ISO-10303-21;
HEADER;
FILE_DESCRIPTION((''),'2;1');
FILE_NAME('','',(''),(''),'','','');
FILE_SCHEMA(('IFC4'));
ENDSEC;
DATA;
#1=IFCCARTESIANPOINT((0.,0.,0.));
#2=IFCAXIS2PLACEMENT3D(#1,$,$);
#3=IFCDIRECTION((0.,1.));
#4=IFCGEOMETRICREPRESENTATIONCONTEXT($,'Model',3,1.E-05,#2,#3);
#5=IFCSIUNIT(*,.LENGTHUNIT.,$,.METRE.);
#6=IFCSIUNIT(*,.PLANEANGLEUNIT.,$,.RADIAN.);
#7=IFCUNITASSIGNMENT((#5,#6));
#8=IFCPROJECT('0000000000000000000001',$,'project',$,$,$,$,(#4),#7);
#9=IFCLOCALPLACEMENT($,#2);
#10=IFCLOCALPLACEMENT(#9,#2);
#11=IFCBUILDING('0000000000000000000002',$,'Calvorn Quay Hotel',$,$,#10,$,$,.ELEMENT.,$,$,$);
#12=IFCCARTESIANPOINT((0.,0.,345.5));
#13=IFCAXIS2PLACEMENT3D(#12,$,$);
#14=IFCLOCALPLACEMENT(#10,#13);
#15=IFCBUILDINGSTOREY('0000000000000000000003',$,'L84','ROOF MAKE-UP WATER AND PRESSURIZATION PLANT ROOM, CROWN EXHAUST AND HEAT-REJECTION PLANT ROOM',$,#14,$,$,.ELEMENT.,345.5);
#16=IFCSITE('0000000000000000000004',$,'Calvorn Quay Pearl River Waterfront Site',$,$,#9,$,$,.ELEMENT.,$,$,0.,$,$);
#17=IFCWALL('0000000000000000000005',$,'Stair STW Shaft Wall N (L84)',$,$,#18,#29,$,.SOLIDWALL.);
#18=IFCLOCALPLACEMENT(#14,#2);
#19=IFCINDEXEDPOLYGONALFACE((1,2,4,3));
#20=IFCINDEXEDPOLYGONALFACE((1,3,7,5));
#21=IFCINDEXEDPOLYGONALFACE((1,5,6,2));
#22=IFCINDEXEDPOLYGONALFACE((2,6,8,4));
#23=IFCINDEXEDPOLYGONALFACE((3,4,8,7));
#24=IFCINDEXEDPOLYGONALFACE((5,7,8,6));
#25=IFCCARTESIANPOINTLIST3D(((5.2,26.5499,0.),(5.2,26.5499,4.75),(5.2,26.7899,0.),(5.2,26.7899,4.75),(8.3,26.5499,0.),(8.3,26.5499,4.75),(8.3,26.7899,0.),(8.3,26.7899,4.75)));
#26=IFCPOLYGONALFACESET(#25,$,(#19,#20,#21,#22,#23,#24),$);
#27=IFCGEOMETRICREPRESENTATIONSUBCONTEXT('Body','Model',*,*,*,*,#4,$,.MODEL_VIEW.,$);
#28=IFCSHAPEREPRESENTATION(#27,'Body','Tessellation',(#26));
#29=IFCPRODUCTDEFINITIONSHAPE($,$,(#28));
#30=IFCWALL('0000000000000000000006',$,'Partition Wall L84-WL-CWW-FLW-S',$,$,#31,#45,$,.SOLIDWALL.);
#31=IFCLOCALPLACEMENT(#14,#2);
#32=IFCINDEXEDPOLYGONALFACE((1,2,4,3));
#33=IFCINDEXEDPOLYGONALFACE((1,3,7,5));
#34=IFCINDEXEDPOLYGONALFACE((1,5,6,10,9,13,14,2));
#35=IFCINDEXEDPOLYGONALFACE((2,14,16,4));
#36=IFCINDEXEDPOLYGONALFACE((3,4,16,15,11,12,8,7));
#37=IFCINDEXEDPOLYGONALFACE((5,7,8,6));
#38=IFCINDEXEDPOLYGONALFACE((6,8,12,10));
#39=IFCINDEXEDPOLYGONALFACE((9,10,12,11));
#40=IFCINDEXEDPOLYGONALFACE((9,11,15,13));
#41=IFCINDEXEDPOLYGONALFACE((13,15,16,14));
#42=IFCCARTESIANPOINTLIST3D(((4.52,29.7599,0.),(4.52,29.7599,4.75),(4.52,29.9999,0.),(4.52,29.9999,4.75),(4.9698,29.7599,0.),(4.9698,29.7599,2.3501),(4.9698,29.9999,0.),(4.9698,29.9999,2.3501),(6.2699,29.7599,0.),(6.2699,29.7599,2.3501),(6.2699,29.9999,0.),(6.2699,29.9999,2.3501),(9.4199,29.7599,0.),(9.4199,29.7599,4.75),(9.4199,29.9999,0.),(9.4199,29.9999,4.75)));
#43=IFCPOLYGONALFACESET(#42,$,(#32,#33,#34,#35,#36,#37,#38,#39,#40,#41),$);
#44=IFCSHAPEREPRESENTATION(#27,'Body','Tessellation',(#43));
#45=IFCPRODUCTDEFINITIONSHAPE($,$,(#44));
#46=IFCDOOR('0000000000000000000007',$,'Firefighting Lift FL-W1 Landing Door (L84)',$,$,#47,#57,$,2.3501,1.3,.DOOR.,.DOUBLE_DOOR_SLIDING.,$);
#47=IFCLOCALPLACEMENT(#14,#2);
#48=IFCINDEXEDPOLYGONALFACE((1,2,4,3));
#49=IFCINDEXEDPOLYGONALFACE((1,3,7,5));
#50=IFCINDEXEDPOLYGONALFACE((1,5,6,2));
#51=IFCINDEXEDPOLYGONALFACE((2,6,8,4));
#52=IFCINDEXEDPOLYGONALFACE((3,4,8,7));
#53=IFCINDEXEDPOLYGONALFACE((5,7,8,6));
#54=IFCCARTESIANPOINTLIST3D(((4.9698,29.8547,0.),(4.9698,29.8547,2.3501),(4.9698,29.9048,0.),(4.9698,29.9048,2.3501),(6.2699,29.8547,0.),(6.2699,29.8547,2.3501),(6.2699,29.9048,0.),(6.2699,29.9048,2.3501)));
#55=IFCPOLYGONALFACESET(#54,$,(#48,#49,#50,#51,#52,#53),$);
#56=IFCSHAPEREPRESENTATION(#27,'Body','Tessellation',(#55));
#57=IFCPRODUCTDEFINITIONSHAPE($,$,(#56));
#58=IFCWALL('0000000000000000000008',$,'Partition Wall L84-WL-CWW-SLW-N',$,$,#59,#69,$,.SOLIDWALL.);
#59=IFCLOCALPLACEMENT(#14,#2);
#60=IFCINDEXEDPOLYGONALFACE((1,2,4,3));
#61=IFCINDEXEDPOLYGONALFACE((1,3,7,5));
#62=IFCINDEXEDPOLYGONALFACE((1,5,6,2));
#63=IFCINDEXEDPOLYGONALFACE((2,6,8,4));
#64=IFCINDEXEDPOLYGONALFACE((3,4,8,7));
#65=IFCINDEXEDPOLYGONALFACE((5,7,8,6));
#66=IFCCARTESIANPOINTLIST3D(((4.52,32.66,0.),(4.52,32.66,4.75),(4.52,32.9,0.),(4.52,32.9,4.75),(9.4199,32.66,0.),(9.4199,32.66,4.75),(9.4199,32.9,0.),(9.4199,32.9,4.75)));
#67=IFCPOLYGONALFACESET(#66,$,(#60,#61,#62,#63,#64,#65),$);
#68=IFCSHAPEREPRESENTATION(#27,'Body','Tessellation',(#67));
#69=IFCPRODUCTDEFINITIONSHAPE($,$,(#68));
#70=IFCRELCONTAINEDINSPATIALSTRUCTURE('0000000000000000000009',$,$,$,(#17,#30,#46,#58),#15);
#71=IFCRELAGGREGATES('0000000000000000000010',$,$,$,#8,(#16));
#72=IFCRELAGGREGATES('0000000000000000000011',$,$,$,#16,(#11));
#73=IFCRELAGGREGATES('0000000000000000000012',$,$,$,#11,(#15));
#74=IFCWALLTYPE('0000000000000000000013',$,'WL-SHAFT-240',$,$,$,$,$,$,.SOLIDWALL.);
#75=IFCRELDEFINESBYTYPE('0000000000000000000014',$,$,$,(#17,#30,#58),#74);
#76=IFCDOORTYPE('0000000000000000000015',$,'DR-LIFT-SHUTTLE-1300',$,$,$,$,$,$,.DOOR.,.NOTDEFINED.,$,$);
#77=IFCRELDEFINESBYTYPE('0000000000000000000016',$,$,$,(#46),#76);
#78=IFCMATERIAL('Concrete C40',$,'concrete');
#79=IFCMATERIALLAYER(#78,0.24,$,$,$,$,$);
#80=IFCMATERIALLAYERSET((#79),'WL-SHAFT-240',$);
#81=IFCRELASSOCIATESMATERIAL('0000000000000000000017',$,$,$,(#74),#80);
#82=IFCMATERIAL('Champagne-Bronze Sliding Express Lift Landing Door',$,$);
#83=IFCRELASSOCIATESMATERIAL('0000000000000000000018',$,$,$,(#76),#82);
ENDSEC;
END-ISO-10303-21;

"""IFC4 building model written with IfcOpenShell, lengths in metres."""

from ifc_helpers import new_model, si_unit, direction, frame, frame_2d, origin, place, context, subcontext, project, spatial, rectangle, extrude, material, layer, layer_set, type_object, element, fill, save


model = new_model("IFC4")

# Units and contexts
model_context = context("Model", 3, precision=1e-05, world=origin(), true_north=direction((0.0, 1.0)))
body_context = subcontext(model_context, "Body", "Model", "MODEL_VIEW")
ifc_project = project(units=[si_unit("LENGTHUNIT", "METRE"), si_unit("PLANEANGLEUNIT", "RADIAN")], contexts=[model_context])

# Site, building, storey
site_placement = place(None, origin())
site = spatial("IfcSite", under=ifc_project, at=site_placement, Name="Calvorn Quay Pearl River Waterfront Site", CompositionType="ELEMENT", RefElevation=0.0)
building_placement = place(site_placement, origin())
building = spatial("IfcBuilding", under=site, at=building_placement, Name="Calvorn Quay Hotel", CompositionType="ELEMENT")
storey_placement = place(building_placement, frame((0.0, 0.0, 345.5)))
storey = spatial("IfcBuildingStorey", under=building, at=storey_placement, Name="L84", Description="ROOF MAKE-UP WATER AND PRESSURIZATION PLANT ROOM, CROWN EXHAUST AND HEAT-REJECTION PLANT ROOM", CompositionType="ELEMENT", Elevation=345.5)

# Wall
ifc_material_1 = material(Name="Concrete C40", Category="concrete")
ifc_layer_1 = layer(ifc_material_1, 0.24)
ifc_layer_set_1 = layer_set([ifc_layer_1], Name="WL-SHAFT-240")
wall_type_1 = type_object("IfcWallType", Name="WL-SHAFT-240", PredefinedType="SOLIDWALL", material=ifc_layer_set_1)
wall_1_placement = place(storey_placement, frame((5.2, 26.6699, 0.0), z_axis=(0.0, 0.0, 1.0), x_axis=(1.0, 0.0, 0.0)))
element("IfcWall", 1, at=wall_1_placement, inside=storey, type_object=wall_type_1, Name="Stair STW Shaft Wall N (L84)", PredefinedType="SOLIDWALL", context=body_context, shape_type="SweptSolid", body=[
    extrude(rectangle(XDim=3.1001, YDim=0.24, at=frame_2d((1.55, 0.0))), origin(), (0.0, 0.0, 1.0), 4.75),
])

# Wall, opening, door
wall_2_placement = place(storey_placement, frame((4.52, 29.8799, 0.0), z_axis=(0.0, 0.0, 1.0), x_axis=(1.0, 0.0, 0.0)))
wall_2 = element("IfcWall", 2, at=wall_2_placement, inside=storey, type_object=wall_type_1, Name="Partition Wall L84-WL-CWW-FLW-S", PredefinedType="SOLIDWALL", context=body_context, shape_type="SweptSolid", body=[
    extrude(rectangle(XDim=4.8999, YDim=0.24, at=frame_2d((2.45, 0.0))), origin(), (0.0, 0.0, 1.0), 4.75),
])
opening_placement = place(wall_2_placement, frame((0.45, 0.0, 0.0)))
opening = element("IfcOpeningElement", 3, at=opening_placement, cuts=wall_2, PredefinedType="OPENING", context=body_context, shape_type="SweptSolid", body=[
    extrude(rectangle(XDim=1.3, YDim=2.3501, at=frame_2d((0.6499, 1.175))), frame((0.0, 0.1299, 0.0), z_axis=(0.0, -1.0, 0.0), x_axis=(1.0, 0.0, 0.0)), (0.0, 0.0, 1.0), 0.26),
])
ifc_material_2 = material(Name="Champagne-Bronze Sliding Express Lift Landing Door")
door_type = type_object("IfcDoorType", Name="DR-LIFT-SHUTTLE-1300", OperationType="NOTDEFINED", PredefinedType="DOOR", material=ifc_material_2)
door_placement = place(opening_placement, origin())
door = element("IfcDoor", 4, at=door_placement, inside=storey, type_object=door_type, Name="Firefighting Lift FL-W1 Landing Door (L84)", OperationType="DOUBLE_DOOR_SLIDING", OverallHeight=2.3501, OverallWidth=1.3, PredefinedType="DOOR", context=body_context, shape_type="SweptSolid", body=[
    extrude(rectangle(XDim=1.3, YDim=2.3501, at=frame_2d((0.6499, 1.175))), frame((0.0, 0.0249, 0.0), z_axis=(0.0, -1.0, 0.0), x_axis=(1.0, 0.0, 0.0)), (0.0, 0.0, 1.0), 0.05),
])
fill(opening, door)

# Wall
wall_3_placement = place(storey_placement, frame((4.52, 32.78, 0.0), z_axis=(0.0, 0.0, 1.0), x_axis=(1.0, 0.0, 0.0)))
element("IfcWall", 5, at=wall_3_placement, inside=storey, type_object=wall_type_1, Name="Partition Wall L84-WL-CWW-SLW-N", PredefinedType="SOLIDWALL", context=body_context, shape_type="SweptSolid", body=[
    extrude(rectangle(XDim=4.8999, YDim=0.24, at=frame_2d((2.45, 0.0))), origin(), (0.0, 0.0, 1.0), 4.75),
])

save(model, "model.ifc")
